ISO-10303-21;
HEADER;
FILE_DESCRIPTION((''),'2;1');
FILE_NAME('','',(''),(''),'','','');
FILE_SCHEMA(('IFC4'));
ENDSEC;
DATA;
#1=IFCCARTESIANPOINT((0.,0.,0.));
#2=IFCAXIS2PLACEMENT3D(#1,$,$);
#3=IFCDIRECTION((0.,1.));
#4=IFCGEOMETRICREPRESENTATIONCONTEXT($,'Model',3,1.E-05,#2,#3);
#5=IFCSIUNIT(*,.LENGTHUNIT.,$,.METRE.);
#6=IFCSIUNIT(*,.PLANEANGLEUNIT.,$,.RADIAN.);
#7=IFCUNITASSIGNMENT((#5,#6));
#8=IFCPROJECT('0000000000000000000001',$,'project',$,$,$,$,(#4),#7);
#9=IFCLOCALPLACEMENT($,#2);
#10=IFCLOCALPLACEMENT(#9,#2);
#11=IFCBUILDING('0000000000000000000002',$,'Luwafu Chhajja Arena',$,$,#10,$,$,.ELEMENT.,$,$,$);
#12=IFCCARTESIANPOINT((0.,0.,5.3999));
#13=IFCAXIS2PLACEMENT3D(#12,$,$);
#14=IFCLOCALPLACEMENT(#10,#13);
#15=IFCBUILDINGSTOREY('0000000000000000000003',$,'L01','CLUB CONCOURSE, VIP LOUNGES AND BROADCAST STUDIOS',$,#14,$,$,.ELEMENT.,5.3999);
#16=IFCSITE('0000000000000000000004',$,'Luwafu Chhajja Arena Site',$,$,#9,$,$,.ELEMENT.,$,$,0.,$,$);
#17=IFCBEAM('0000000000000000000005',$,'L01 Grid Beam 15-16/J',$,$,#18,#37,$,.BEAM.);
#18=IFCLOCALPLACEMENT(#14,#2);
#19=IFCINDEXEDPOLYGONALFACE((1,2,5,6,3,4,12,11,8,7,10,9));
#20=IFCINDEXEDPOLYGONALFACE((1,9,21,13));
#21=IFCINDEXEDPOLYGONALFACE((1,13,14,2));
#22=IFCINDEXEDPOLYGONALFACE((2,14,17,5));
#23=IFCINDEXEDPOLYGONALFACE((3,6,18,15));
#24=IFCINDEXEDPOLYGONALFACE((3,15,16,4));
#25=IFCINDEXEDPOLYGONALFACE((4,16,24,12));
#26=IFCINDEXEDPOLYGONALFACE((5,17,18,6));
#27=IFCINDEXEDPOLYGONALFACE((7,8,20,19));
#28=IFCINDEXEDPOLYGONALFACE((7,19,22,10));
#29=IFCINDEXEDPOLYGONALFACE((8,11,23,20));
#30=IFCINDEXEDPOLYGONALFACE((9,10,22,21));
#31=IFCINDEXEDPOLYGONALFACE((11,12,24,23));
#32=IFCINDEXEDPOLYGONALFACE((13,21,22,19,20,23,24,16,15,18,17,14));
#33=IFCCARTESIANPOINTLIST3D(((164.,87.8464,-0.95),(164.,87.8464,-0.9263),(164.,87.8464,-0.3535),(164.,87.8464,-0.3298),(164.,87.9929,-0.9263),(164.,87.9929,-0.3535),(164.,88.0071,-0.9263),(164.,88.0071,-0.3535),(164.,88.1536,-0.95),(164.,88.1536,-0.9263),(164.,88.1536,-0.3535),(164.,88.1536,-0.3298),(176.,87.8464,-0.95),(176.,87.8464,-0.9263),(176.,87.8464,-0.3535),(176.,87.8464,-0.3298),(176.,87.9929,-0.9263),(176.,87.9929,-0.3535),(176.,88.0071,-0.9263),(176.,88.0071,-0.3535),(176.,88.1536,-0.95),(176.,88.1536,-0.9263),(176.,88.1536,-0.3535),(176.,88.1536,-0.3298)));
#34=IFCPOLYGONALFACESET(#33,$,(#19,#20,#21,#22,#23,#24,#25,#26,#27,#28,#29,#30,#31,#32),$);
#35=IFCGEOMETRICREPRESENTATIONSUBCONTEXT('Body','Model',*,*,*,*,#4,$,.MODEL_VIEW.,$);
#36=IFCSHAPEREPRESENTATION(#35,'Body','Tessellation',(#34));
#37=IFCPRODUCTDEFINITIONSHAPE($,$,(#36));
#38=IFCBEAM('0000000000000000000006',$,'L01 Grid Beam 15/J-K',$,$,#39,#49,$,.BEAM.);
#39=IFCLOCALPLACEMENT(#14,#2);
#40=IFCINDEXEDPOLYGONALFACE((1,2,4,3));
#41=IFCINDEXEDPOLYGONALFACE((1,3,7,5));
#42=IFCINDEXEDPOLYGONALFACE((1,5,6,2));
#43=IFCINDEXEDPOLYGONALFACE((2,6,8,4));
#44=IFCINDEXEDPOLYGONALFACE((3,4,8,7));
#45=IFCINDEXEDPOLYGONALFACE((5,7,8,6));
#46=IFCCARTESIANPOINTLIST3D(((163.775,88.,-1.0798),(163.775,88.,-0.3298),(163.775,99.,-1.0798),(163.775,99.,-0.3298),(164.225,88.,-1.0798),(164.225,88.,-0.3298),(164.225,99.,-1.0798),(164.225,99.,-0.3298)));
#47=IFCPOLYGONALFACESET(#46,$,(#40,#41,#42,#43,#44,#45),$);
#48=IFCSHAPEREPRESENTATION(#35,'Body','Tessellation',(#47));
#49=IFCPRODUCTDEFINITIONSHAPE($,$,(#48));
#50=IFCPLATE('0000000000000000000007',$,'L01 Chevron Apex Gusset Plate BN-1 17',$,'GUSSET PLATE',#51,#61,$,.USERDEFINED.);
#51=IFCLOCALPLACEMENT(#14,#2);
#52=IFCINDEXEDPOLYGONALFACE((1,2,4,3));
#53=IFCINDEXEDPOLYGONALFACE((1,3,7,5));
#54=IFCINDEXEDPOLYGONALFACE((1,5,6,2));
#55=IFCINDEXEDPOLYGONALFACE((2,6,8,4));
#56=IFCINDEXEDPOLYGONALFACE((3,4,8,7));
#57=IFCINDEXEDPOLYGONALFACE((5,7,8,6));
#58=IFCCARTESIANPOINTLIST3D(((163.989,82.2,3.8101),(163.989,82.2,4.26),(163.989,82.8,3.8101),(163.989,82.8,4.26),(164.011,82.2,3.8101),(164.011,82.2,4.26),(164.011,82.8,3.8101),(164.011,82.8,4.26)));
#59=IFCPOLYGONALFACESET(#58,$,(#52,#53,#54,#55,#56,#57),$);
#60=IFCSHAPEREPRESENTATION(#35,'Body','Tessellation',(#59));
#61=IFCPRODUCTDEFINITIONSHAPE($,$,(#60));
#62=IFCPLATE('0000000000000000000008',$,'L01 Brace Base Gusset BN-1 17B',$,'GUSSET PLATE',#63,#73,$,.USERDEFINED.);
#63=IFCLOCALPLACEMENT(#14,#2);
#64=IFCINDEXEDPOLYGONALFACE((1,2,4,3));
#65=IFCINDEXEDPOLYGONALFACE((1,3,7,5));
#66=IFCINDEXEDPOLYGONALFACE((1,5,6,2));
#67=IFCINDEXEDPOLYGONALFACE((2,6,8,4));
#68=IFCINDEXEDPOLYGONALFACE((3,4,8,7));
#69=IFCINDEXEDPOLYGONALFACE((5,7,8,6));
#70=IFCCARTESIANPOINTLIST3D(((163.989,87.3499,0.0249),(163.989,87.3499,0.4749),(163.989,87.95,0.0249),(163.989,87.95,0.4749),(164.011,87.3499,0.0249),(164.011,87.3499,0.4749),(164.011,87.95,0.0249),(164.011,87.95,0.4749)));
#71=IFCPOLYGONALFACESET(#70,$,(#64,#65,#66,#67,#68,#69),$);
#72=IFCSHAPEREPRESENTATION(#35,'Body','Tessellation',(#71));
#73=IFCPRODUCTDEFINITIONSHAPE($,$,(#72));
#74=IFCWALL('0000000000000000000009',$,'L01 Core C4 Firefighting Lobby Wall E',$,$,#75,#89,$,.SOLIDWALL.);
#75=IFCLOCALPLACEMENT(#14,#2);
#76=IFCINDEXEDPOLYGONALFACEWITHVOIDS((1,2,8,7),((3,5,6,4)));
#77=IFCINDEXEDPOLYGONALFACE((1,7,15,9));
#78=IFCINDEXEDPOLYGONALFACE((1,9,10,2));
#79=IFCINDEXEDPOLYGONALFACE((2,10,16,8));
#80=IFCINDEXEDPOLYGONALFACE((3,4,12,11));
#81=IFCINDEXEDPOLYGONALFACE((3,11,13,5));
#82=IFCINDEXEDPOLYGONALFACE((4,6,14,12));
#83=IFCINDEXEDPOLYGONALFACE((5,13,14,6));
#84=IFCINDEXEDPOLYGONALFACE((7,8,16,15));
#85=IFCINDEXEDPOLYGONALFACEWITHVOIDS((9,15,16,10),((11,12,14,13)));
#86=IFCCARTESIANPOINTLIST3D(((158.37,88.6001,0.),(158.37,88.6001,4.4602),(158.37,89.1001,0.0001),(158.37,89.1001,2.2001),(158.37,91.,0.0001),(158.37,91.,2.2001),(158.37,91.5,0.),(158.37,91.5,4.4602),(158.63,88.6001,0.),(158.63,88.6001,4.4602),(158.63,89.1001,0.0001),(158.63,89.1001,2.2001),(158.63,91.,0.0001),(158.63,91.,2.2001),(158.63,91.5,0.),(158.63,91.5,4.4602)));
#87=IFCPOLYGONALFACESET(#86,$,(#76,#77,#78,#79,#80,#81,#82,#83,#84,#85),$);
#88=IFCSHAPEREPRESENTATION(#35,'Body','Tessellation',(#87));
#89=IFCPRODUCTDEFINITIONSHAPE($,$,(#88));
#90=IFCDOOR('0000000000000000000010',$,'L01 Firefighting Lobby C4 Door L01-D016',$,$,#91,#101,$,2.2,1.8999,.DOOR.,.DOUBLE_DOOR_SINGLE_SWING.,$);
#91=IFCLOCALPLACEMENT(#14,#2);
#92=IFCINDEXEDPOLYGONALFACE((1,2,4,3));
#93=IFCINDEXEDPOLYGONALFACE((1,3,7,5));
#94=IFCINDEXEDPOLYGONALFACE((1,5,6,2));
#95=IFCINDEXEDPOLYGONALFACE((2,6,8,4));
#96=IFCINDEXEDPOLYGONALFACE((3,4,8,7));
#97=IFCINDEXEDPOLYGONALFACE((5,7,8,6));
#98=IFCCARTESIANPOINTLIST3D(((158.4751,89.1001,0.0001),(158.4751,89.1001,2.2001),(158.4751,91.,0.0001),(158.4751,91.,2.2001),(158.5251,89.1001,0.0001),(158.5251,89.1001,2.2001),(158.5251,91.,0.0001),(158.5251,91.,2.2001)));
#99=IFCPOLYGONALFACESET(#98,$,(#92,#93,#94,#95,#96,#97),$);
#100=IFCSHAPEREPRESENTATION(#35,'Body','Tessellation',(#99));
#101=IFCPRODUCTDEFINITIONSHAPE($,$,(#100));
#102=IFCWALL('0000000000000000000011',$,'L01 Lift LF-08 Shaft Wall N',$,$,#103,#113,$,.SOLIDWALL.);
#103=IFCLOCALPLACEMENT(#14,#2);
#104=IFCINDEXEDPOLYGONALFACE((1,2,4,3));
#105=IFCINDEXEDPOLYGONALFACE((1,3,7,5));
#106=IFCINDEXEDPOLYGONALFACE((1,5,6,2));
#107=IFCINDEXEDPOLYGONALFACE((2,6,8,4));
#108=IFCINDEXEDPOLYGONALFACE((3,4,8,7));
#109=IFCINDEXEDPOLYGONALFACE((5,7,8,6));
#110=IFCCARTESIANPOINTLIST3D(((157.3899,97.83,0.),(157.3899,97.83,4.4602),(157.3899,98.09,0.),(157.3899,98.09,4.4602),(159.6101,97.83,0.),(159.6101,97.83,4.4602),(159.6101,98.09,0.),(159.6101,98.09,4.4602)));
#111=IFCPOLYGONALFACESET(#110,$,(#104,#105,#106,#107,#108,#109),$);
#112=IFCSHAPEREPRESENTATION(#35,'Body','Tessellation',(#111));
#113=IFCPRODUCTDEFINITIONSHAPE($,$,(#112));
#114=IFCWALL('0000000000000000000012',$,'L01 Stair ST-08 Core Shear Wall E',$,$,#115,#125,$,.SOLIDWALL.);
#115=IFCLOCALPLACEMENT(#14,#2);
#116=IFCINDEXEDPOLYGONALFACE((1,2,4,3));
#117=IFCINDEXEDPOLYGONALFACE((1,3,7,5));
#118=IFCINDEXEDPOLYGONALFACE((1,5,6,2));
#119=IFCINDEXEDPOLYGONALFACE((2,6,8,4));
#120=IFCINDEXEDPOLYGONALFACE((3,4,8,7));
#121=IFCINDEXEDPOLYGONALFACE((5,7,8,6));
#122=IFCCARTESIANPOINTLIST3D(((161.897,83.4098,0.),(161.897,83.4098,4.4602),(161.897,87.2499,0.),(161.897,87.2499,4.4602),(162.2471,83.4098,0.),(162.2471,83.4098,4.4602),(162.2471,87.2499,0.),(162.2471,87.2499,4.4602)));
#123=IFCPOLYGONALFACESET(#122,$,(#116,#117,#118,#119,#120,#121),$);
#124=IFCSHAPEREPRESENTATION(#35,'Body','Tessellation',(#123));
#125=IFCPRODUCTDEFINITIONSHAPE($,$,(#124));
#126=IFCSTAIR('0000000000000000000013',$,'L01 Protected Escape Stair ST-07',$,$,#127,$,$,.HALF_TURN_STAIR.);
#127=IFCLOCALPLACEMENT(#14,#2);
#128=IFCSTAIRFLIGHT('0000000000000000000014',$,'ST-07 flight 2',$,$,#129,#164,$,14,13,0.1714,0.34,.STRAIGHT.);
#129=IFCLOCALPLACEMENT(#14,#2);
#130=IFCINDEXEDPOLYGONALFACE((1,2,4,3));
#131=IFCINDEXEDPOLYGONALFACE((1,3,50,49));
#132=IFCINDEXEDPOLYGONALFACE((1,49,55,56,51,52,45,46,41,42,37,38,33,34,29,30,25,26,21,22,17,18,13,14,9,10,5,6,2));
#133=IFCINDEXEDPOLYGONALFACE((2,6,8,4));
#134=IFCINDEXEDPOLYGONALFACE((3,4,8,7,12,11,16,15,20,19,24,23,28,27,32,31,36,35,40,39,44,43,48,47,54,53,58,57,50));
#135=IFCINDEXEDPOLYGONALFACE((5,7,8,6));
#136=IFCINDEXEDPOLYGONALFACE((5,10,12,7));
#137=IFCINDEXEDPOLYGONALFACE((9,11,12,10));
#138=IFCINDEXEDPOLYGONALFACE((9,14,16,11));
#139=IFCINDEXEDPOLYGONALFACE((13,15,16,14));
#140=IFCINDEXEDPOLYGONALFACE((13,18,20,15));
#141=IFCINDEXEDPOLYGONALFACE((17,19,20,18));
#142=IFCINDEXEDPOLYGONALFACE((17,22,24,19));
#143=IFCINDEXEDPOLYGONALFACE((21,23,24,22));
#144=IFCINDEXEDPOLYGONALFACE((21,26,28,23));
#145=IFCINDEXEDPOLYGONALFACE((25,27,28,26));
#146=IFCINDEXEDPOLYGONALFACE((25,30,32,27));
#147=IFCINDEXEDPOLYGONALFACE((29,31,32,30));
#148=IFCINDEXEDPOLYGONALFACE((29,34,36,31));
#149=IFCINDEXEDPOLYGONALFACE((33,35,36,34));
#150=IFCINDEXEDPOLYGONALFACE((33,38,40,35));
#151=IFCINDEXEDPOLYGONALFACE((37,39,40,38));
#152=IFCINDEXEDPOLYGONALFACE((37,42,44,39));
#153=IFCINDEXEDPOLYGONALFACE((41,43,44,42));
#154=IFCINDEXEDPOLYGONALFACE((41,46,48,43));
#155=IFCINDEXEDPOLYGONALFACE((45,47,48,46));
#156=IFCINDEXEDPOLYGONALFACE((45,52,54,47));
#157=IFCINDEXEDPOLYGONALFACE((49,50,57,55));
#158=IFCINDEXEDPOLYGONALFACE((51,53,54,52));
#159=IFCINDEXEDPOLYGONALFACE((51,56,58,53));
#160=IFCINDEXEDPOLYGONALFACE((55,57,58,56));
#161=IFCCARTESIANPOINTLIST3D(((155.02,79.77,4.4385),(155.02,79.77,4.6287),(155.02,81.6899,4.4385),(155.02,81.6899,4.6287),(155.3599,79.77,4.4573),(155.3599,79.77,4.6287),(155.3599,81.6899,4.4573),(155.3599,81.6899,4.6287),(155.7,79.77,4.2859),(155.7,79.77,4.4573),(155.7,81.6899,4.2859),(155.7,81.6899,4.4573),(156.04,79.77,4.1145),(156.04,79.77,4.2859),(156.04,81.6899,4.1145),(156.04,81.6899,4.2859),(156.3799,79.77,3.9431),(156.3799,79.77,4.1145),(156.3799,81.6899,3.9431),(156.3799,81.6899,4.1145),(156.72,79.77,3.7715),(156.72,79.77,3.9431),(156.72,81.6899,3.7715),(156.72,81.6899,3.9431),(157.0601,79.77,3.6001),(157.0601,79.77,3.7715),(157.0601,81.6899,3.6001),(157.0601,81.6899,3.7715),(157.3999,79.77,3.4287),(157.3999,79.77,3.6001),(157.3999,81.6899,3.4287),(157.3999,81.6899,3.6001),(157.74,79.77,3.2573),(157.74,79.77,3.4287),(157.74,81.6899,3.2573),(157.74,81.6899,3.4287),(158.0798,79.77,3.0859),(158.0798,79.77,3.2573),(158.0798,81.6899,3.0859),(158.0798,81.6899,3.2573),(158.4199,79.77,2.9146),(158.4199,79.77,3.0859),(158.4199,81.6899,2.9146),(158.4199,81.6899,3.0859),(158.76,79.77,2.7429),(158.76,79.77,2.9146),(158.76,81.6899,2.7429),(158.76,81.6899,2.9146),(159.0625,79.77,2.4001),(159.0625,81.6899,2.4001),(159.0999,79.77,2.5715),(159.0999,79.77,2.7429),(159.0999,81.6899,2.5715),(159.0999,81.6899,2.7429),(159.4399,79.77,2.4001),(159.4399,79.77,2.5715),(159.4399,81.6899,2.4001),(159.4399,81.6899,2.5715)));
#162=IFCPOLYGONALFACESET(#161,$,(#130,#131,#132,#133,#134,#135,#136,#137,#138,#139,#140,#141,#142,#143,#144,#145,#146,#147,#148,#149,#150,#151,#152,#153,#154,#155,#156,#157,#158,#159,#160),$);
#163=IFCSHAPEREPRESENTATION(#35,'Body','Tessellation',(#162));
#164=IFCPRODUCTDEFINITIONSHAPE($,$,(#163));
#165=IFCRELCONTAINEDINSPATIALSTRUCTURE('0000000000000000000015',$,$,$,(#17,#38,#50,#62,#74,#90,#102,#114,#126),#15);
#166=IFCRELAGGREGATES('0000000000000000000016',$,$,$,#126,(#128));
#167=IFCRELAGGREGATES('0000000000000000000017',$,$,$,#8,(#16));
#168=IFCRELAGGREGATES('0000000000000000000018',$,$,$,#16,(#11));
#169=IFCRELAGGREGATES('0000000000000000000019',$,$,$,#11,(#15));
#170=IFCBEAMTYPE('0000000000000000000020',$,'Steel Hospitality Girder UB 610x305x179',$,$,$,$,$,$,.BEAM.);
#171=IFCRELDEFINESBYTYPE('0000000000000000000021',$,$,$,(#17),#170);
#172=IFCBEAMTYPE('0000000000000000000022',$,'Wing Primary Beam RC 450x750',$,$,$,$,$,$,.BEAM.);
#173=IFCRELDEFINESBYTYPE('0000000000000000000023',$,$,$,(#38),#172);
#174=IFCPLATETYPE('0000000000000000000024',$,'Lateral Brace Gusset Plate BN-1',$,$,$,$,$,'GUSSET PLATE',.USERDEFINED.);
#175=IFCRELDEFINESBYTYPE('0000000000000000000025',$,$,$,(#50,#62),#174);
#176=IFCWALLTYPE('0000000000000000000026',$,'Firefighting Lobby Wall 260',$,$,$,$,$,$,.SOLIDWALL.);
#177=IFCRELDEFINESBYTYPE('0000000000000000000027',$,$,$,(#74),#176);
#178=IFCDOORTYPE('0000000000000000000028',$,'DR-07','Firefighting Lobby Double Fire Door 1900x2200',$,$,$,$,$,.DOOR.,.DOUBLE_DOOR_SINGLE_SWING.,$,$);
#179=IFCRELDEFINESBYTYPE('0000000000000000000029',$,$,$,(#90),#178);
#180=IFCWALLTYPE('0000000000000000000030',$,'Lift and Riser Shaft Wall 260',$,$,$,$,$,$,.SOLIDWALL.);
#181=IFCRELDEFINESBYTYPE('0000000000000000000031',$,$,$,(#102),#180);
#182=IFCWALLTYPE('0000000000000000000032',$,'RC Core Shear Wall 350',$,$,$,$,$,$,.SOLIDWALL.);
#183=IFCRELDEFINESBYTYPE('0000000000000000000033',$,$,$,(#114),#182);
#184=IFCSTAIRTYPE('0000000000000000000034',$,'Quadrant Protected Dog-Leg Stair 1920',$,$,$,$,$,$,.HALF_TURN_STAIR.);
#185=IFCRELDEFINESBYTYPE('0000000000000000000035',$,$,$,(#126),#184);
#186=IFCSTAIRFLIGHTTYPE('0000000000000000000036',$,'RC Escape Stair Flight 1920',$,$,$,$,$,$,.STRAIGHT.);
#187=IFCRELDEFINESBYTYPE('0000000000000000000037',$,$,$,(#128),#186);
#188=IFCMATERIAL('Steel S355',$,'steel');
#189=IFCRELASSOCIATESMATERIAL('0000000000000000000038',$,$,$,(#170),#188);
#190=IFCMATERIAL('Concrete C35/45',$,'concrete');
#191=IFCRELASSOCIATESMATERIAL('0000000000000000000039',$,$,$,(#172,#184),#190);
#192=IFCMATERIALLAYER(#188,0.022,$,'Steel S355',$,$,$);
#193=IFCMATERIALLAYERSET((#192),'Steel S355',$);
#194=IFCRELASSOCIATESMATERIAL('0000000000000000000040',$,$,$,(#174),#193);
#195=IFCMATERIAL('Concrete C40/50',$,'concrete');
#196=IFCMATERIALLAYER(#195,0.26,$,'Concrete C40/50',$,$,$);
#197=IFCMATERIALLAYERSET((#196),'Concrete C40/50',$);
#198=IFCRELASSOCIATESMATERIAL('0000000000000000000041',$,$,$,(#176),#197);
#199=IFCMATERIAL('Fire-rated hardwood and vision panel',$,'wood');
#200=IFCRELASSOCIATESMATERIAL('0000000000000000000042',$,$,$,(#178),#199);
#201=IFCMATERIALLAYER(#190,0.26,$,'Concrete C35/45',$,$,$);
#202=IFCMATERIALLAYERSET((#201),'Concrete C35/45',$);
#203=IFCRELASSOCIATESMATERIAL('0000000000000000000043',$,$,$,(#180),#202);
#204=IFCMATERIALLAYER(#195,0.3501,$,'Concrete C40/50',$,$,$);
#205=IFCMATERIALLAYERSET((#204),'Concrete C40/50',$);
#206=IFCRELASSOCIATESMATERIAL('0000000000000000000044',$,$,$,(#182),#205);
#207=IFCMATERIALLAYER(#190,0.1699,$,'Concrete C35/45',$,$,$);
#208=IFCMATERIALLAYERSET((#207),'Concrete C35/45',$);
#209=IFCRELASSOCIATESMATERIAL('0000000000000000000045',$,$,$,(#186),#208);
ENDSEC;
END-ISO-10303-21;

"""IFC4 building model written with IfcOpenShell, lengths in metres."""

from ifc_helpers import new_model, si_unit, direction, frame, frame_2d, origin, origin_2d, place, context, subcontext, project, spatial, polyline, rectangle, i_section, outline, extrude, material, layer, layer_set, material_profile, profile_set, type_object, element, fill, aggregate, save


model = new_model("IFC4")

# Units and contexts
model_context = context("Model", 3, precision=1e-05, world=origin(), true_north=direction((0.0, 1.0)))
body_context = subcontext(model_context, "Body", "Model", "MODEL_VIEW")
ifc_project = project(units=[si_unit("LENGTHUNIT", "METRE"), si_unit("PLANEANGLEUNIT", "RADIAN")], contexts=[model_context])

# Site, building, storey
site_placement = place(None, origin())
site = spatial("IfcSite", under=ifc_project, at=site_placement, Name="Luwafu Chhajja Arena Site", CompositionType="ELEMENT", RefElevation=0.0)
building_placement = place(site_placement, origin())
building = spatial("IfcBuilding", under=site, at=building_placement, Name="Luwafu Chhajja Arena", CompositionType="ELEMENT")
storey_placement = place(building_placement, frame((0.0, 0.0, 5.3999)))
storey = spatial("IfcBuildingStorey", under=building, at=storey_placement, Name="L01", Description="CLUB CONCOURSE, VIP LOUNGES AND BROADCAST STUDIOS", CompositionType="ELEMENT", Elevation=5.3999)

# Shared definitions
ifc_material_1 = material(Name="Concrete C35/45", Category="concrete")

# Shared definitions
ifc_material_2 = material(Name="Steel S355", Category="steel")

# Beams
ifc_material_profile_1 = material_profile(ifc_material_2, i_section(OverallWidth=0.3071, OverallDepth=0.6201, WebThickness=0.0142, FlangeThickness=0.0237, at=origin_2d()), Name="UB 610x305x179")
ifc_profile_set_1 = profile_set([ifc_material_profile_1], Name="Steel S355")
beam_type_1 = type_object("IfcBeamType", Name="Steel Hospitality Girder UB 610x305x179", PredefinedType="BEAM", material=ifc_profile_set_1)
beam_1_placement = place(storey_placement, frame((164.0, 88.0, -0.6399), z_axis=(1.0, 0.0, 0.0), x_axis=(0.0, 1.0, 0.0)))
element("IfcBeam", 1, at=beam_1_placement, inside=storey, type_object=beam_type_1, Name="L01 Grid Beam 15-16/J", PredefinedType="BEAM", context=body_context, shape_type="SweptSolid", body=[
    extrude(i_section(OverallWidth=0.3071, OverallDepth=0.6201, WebThickness=0.0142, FlangeThickness=0.0237, at=origin_2d()), origin(), (0.0, 0.0, 1.0), 12.0),
])
ifc_material_profile_2 = material_profile(ifc_material_1, rectangle(XDim=0.45, YDim=0.75, at=origin_2d()), Name="RC 450x750")
ifc_profile_set_2 = profile_set([ifc_material_profile_2], Name="Concrete C35/45")
beam_type_2 = type_object("IfcBeamType", Name="Wing Primary Beam RC 450x750", PredefinedType="BEAM", material=ifc_profile_set_2)
beam_2_placement = place(storey_placement, frame((164.0, 88.0, -0.7048), z_axis=(0.0, 1.0, 0.0), x_axis=(-1.0, 0.0, 0.0)))
element("IfcBeam", 2, at=beam_2_placement, inside=storey, type_object=beam_type_2, Name="L01 Grid Beam 15/J-K", PredefinedType="BEAM", context=body_context, shape_type="SweptSolid", body=[
    extrude(rectangle(XDim=0.45, YDim=0.75, at=origin_2d()), origin(), (0.0, 0.0, 1.0), 11.0),
])

# Plates
ifc_layer_1 = layer(ifc_material_2, 0.022, Name="Steel S355")
ifc_layer_set_1 = layer_set([ifc_layer_1], Name="Steel S355")
plate_type = type_object("IfcPlateType", Name="Lateral Brace Gusset Plate BN-1", ElementType="GUSSET PLATE", PredefinedType="USERDEFINED", material=ifc_layer_set_1)
for number, where, z_axis, x_axis, name in (
    (3, (164.0, 82.5, 3.8101), (0.0, 0.0, 1.0), (1.0, 0.0, 0.0), "L01 Chevron Apex Gusset Plate BN-1 17"),
    (4, (164.0, 87.6499, 0.0249), (0.0, 0.0, 1.0), (1.0, 0.0, 0.0), "L01 Brace Base Gusset BN-1 17B"),
):
    element("IfcPlate", number, at=place(storey_placement, frame(where, z_axis=z_axis, x_axis=x_axis)), inside=storey, type_object=plate_type, Name=name, ObjectType="GUSSET PLATE", PredefinedType="USERDEFINED", context=body_context, shape_type="SweptSolid", body=[
        extrude(rectangle(XDim=0.022, YDim=0.6001, at=origin_2d()), origin(), (0.0, 0.0, 1.0), 0.45),
    ])

# Wall, opening, door
ifc_material_3 = material(Name="Concrete C40/50", Category="concrete")
ifc_layer_2 = layer(ifc_material_3, 0.26, Name="Concrete C40/50")
ifc_layer_set_2 = layer_set([ifc_layer_2], Name="Concrete C40/50")
wall_type_1 = type_object("IfcWallType", Name="Firefighting Lobby Wall 260", PredefinedType="SOLIDWALL", material=ifc_layer_set_2)
wall_1_placement = place(storey_placement, frame((158.5, 88.6001, 0.0), z_axis=(0.0, 0.0, 1.0), x_axis=(0.0, 1.0, 0.0)))
wall_1 = element("IfcWall", 5, at=wall_1_placement, inside=storey, type_object=wall_type_1, Name="L01 Core C4 Firefighting Lobby Wall E", PredefinedType="SOLIDWALL", context=body_context, shape_type="SweptSolid", body=[
    extrude(rectangle(XDim=2.8999, YDim=0.26, at=frame_2d((1.45, 0.0))), origin(), (0.0, 0.0, 1.0), 4.4602),
])
opening_1_placement = place(wall_1_placement, frame((0.5, 0.0, 0.0)))
opening_1 = element("IfcOpeningElement", 6, at=opening_1_placement, cuts=wall_1, PredefinedType="OPENING", context=body_context, shape_type="SweptSolid", body=[
    extrude(rectangle(XDim=1.8999, YDim=2.2, at=frame_2d((0.95, 1.1001))), frame((0.0, 0.1399, 0.0), z_axis=(0.0, -1.0, 0.0), x_axis=(1.0, 0.0, 0.0)), (0.0, 0.0, 1.0), 0.28),
])
ifc_material_4 = material(Name="Fire-rated hardwood and vision panel", Category="wood")
door_type_1 = type_object("IfcDoorType", Name="DR-07", Description="Firefighting Lobby Double Fire Door 1900x2200", OperationType="DOUBLE_DOOR_SINGLE_SWING", PredefinedType="DOOR", material=ifc_material_4)
door_1_placement = place(opening_1_placement, origin())
door_1 = element("IfcDoor", 7, at=door_1_placement, inside=storey, type_object=door_type_1, Name="L01 Firefighting Lobby C4 Door L01-D016", OperationType="DOUBLE_DOOR_SINGLE_SWING", OverallHeight=2.2, OverallWidth=1.8999, PredefinedType="DOOR", context=body_context, shape_type="SweptSolid", body=[
    extrude(rectangle(XDim=1.8999, YDim=2.2, at=frame_2d((0.95, 1.1001))), frame((0.0, 0.0249, 0.0), z_axis=(0.0, -1.0, 0.0), x_axis=(1.0, 0.0, 0.0)), (0.0, 0.0, 1.0), 0.05),
])
fill(opening_1, door_1)

# Shared definitions
ifc_layer_3 = layer(ifc_material_1, 0.26, Name="Concrete C35/45")
ifc_layer_set_3 = layer_set([ifc_layer_3], Name="Concrete C35/45")
wall_type_2 = type_object("IfcWallType", Name="Lift and Riser Shaft Wall 260", PredefinedType="SOLIDWALL", material=ifc_layer_set_3)

# Walls
wall_2_placement = place(storey_placement, frame((157.3899, 97.96, 0.0), z_axis=(0.0, 0.0, 1.0), x_axis=(1.0, 0.0, 0.0)))
element("IfcWall", 8, at=wall_2_placement, inside=storey, type_object=wall_type_2, Name="L01 Lift LF-08 Shaft Wall N", PredefinedType="SOLIDWALL", context=body_context, shape_type="SweptSolid", body=[
    extrude(rectangle(XDim=2.2202, YDim=0.26, at=frame_2d((1.1101, 0.0))), origin(), (0.0, 0.0, 1.0), 4.4602),
])
ifc_layer_4 = layer(ifc_material_3, 0.3501, Name="Concrete C40/50")
ifc_layer_set_4 = layer_set([ifc_layer_4], Name="Concrete C40/50")
wall_type_3 = type_object("IfcWallType", Name="RC Core Shear Wall 350", PredefinedType="SOLIDWALL", material=ifc_layer_set_4)
wall_3_placement = place(storey_placement, frame((162.072, 83.4099, 0.0), z_axis=(0.0, 0.0, 1.0), x_axis=(0.0, 1.0, 0.0)))
element("IfcWall", 9, at=wall_3_placement, inside=storey, type_object=wall_type_3, Name="L01 Stair ST-08 Core Shear Wall E", PredefinedType="SOLIDWALL", context=body_context, shape_type="SweptSolid", body=[
    extrude(rectangle(XDim=3.8401, YDim=0.3501, at=frame_2d((1.9199, 0.0))), origin(), (0.0, 0.0, 1.0), 4.4602),
])

# Stair, stair flight
stair_type = type_object("IfcStairType", Name="Quadrant Protected Dog-Leg Stair 1920", PredefinedType="HALF_TURN_STAIR", material=ifc_material_1)
stair_1_placement = place(storey_placement, origin())
stair_1 = element("IfcStair", 10, at=stair_1_placement, inside=storey, type_object=stair_type, Name="L01 Protected Escape Stair ST-07", PredefinedType="HALF_TURN_STAIR")
ifc_layer_5 = layer(ifc_material_1, 0.1699, Name="Concrete C35/45")
ifc_layer_set_5 = layer_set([ifc_layer_5], Name="Concrete C35/45")
stair_flight_type = type_object("IfcStairFlightType", Name="RC Escape Stair Flight 1920", PredefinedType="STRAIGHT", material=ifc_layer_set_5)
stair_flight_1_placement = place(storey_placement, frame((159.4399, 80.73, 2.4001), z_axis=(0.0, 0.0, 1.0), x_axis=(-1.0, 0.0, 0.0)))
stair_flight_1 = element("IfcStairFlight", 11, at=stair_flight_1_placement, type_object=stair_flight_type, Name="ST-07 flight 2", NumberOfRisers=14, NumberOfTreads=13, PredefinedType="STRAIGHT", RiserHeight=0.1714, TreadLength=0.34, context=body_context, shape_type="SweptSolid", body=[
    extrude(outline(polyline([(0.0, 0.0), (0.0, 0.1714), (0.3401, 0.1714), (0.3401, 0.3428), (0.6799, 0.3428), (0.6799, 0.5144), (1.02, 0.5144), (1.02, 0.6858), (1.3601, 0.6858), (1.3601, 0.8572), (1.7, 0.8572), (1.7, 1.0286), (2.04, 1.0286), (2.04, 1.2), (2.3799, 1.2), (2.3799, 1.3713), (2.72, 1.3713), (2.72, 1.543), (3.0601, 1.543), (3.0601, 1.7144), (3.3999, 1.7144), (3.3999, 1.8857), (3.74, 1.8857), (3.74, 2.0571), (4.0801, 2.0571), (4.0801, 2.2285), (4.4199, 2.2285), (4.4199, 2.3999), (4.4199, 2.0383), (0.3774, 0.0), (0.0, 0.0)])), frame((0.0, 0.96, 0.0), z_axis=(0.0, -1.0, 0.0), x_axis=(1.0, 0.0, 0.0)), (0.0, 0.0, 1.0), 1.9199),
])
aggregate(stair_1, [stair_flight_1])

save(model, "model.ifc")
